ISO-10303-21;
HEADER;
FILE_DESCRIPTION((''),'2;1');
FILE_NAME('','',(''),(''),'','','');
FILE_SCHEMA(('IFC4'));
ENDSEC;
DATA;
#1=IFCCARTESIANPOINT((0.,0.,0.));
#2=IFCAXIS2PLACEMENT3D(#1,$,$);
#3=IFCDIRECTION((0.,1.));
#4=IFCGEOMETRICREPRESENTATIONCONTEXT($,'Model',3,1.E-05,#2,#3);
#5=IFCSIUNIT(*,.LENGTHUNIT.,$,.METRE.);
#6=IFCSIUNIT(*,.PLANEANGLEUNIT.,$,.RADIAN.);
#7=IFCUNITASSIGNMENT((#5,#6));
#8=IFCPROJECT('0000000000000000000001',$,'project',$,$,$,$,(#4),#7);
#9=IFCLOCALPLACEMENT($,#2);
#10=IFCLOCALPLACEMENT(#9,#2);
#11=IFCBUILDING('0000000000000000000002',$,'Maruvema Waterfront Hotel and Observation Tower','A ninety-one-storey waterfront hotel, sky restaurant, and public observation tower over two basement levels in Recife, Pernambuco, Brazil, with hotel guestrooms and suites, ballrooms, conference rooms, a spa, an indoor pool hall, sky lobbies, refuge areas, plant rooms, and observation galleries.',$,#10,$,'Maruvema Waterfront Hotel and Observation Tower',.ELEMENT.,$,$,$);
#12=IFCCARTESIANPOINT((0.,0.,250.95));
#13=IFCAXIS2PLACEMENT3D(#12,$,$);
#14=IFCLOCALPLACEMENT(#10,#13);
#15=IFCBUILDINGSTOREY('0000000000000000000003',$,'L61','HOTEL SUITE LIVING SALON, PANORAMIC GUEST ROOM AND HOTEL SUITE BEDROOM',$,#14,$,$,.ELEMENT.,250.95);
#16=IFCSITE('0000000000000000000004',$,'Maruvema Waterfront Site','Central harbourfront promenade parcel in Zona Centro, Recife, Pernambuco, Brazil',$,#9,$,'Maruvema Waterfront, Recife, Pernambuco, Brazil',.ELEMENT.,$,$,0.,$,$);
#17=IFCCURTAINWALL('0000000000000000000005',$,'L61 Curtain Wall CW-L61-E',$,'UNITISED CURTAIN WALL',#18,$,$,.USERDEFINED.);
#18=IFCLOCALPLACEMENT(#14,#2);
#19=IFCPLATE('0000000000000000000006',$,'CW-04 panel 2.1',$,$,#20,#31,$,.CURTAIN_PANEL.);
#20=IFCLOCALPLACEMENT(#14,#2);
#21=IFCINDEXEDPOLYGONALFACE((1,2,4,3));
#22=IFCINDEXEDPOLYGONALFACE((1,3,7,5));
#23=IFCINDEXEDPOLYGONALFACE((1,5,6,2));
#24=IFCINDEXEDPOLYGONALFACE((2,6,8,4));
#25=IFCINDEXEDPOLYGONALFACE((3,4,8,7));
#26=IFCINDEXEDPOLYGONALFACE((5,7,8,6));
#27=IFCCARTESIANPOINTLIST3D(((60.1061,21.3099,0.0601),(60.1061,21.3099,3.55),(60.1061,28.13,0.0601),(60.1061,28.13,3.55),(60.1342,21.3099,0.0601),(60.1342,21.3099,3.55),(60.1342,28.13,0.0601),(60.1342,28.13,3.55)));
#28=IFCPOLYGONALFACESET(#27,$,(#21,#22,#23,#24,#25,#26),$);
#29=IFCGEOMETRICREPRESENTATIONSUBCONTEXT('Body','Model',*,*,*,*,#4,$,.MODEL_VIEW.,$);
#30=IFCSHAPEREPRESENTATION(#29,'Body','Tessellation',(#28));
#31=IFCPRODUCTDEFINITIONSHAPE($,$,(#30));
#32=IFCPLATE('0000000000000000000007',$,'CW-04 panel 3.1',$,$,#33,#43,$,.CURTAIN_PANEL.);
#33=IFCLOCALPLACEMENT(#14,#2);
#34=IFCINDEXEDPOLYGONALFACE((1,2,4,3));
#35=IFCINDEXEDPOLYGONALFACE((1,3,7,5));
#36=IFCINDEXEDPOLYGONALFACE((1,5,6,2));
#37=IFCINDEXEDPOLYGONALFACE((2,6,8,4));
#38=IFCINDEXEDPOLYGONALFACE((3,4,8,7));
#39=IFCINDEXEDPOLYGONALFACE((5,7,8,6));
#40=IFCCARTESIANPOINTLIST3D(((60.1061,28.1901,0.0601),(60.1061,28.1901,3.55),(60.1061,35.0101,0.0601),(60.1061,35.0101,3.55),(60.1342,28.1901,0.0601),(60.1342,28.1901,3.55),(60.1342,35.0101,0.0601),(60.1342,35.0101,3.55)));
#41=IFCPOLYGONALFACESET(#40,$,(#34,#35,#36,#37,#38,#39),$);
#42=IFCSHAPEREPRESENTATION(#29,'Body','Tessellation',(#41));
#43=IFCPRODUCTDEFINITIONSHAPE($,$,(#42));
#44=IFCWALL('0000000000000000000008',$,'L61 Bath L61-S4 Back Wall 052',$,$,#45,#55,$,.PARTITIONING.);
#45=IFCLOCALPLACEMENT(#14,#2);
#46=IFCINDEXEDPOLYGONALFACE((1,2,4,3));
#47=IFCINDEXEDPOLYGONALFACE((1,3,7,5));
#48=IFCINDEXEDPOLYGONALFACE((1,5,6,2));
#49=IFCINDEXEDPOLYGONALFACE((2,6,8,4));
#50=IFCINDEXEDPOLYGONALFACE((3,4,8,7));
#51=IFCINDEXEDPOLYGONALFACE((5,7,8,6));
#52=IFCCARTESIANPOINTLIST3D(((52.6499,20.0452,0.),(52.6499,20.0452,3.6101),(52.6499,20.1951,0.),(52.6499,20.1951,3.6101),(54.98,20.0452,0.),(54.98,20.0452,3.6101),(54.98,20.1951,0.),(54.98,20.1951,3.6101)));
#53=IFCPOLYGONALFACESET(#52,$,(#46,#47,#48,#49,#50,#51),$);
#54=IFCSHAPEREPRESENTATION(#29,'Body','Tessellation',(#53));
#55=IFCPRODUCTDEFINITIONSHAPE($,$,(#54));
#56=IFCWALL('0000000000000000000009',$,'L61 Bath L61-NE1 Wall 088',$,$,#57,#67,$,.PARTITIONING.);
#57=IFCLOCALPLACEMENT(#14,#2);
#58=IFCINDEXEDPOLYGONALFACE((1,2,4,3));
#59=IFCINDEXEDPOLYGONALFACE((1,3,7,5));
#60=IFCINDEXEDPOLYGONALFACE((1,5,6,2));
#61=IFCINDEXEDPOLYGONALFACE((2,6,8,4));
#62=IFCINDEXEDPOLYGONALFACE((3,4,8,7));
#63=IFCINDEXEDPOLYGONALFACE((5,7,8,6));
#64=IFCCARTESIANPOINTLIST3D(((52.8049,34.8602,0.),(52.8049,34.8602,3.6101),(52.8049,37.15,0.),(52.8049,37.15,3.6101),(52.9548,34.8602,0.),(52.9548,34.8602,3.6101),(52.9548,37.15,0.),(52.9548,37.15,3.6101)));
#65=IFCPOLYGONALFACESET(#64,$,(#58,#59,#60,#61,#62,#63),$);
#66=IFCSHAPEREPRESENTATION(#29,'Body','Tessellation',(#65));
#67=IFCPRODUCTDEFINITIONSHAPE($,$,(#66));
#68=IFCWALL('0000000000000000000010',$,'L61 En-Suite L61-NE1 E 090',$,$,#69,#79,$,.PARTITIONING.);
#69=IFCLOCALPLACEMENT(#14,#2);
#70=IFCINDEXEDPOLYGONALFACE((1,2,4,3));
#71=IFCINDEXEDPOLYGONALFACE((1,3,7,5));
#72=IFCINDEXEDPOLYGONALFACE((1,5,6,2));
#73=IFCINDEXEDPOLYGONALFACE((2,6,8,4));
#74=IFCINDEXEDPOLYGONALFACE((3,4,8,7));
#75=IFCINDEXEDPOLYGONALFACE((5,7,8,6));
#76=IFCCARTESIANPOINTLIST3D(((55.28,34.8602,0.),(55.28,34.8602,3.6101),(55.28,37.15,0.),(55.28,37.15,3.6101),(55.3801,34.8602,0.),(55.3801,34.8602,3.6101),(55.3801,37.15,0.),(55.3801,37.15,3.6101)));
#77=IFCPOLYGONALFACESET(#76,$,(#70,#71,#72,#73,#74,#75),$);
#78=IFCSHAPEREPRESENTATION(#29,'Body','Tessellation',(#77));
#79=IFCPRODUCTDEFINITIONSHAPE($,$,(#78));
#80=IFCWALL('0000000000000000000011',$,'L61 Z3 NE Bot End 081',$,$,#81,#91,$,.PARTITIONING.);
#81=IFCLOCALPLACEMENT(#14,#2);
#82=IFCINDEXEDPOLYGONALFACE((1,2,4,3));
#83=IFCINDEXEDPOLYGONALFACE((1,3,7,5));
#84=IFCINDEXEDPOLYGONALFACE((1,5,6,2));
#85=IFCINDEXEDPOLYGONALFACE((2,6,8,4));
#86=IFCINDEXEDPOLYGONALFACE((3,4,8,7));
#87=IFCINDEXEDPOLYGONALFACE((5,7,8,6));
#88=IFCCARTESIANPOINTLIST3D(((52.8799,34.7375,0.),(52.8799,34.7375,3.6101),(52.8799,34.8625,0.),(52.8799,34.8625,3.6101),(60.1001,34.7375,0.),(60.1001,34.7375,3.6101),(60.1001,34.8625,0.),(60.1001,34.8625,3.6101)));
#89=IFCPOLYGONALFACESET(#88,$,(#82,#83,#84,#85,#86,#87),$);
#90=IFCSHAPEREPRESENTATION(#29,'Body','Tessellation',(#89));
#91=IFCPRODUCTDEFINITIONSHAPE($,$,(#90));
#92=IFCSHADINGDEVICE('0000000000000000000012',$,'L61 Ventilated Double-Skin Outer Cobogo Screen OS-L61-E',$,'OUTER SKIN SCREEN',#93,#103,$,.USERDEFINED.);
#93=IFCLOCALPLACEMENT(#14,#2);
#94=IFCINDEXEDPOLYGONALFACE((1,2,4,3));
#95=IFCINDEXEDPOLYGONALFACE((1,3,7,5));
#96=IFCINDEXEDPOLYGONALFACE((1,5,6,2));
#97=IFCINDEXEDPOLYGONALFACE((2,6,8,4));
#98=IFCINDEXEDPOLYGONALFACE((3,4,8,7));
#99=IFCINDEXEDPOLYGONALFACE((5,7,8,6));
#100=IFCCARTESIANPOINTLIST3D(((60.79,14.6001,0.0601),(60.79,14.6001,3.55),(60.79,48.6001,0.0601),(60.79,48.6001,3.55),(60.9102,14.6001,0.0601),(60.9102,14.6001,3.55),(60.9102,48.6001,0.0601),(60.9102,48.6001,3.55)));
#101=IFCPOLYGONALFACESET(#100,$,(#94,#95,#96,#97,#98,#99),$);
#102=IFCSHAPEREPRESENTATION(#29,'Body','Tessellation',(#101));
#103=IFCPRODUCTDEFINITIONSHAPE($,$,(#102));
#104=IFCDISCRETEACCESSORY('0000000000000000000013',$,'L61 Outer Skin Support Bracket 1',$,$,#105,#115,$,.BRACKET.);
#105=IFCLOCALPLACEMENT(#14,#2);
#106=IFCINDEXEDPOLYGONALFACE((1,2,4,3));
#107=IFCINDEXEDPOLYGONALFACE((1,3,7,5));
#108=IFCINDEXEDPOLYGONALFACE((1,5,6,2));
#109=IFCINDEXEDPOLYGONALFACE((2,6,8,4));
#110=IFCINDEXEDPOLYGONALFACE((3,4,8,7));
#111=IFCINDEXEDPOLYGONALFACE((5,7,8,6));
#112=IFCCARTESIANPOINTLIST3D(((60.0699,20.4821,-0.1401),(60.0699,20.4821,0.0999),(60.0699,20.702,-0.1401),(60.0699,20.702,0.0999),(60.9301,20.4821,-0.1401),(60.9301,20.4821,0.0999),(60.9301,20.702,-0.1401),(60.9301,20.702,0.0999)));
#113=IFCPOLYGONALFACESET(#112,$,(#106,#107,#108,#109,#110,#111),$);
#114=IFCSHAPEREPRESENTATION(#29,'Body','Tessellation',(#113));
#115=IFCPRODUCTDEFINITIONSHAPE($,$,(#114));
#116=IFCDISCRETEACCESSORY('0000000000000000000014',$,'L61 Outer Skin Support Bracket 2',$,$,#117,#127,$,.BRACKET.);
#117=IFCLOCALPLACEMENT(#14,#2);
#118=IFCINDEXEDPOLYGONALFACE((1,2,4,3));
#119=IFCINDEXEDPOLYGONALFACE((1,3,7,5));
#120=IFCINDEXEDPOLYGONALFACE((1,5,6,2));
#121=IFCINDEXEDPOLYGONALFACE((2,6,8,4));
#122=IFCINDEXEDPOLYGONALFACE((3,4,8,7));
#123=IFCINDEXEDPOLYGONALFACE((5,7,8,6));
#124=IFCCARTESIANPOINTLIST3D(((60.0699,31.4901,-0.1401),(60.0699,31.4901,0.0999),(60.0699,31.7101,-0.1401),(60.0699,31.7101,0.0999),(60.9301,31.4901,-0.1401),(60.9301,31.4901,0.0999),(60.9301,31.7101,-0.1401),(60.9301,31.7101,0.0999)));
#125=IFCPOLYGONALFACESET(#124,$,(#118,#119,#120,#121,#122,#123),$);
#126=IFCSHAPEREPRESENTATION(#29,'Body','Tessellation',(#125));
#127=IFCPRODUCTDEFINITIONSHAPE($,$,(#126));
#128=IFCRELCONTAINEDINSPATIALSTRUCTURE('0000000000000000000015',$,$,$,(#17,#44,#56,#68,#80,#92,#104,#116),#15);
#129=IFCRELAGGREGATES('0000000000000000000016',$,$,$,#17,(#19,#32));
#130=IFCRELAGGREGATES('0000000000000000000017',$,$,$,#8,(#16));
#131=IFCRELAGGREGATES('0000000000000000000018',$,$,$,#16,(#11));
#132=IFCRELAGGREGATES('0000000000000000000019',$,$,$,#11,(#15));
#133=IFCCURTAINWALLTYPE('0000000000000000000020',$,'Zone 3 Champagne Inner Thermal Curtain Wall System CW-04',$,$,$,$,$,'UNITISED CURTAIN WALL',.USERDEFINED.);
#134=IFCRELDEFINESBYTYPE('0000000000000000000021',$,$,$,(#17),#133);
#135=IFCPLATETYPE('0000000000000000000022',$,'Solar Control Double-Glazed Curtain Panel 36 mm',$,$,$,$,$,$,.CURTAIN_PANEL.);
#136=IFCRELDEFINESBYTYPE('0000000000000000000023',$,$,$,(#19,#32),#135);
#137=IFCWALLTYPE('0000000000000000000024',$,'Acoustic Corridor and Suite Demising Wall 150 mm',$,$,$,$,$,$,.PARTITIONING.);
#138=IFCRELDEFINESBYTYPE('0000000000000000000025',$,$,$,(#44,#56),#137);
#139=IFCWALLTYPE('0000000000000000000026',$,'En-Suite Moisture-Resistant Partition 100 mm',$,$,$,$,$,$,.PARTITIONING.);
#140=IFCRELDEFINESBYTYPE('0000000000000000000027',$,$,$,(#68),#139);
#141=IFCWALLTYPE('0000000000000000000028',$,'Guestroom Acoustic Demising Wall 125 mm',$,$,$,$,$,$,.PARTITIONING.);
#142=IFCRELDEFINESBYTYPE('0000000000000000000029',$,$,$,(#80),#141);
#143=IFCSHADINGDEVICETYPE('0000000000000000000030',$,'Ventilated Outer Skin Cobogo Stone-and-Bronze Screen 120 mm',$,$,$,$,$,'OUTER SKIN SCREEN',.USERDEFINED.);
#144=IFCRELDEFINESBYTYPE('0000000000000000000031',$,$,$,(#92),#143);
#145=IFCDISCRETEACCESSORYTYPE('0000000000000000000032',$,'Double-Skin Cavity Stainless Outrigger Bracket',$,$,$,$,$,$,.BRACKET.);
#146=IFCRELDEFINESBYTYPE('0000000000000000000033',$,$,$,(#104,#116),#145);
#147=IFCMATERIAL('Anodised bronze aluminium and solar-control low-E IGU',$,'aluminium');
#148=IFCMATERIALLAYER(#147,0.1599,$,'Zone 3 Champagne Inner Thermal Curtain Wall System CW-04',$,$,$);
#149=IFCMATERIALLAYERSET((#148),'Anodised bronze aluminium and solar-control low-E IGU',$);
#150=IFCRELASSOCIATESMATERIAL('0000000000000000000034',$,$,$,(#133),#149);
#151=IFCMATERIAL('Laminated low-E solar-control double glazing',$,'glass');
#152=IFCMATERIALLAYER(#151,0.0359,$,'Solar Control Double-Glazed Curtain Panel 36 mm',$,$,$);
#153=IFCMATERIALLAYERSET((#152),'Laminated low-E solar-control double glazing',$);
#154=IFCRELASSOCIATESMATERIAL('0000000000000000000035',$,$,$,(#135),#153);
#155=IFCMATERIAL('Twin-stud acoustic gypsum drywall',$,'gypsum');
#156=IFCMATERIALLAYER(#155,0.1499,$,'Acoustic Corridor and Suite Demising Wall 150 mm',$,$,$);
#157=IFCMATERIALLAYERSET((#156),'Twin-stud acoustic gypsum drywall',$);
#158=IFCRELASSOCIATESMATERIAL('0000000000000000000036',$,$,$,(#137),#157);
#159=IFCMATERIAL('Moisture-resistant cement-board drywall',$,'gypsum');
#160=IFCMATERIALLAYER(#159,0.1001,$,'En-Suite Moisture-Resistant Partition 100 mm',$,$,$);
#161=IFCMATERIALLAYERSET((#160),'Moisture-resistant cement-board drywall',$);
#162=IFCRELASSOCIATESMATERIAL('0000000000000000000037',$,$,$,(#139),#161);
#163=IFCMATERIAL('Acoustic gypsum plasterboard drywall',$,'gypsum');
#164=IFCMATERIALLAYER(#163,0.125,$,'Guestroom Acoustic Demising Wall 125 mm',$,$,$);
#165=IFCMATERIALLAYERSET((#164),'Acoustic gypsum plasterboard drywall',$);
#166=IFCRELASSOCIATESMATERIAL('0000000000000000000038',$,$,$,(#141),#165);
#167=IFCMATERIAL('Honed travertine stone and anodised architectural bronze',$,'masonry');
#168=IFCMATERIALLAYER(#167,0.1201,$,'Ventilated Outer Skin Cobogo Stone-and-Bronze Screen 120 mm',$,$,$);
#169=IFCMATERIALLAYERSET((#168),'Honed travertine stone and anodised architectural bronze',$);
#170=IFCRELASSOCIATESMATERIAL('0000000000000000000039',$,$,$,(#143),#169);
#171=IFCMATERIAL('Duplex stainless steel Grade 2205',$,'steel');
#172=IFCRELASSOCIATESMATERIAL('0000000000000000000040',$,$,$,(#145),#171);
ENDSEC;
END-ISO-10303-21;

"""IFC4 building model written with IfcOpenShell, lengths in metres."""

from ifc_helpers import new_model, si_unit, direction, frame, frame_2d, origin, origin_2d, place, context, subcontext, project, spatial, rectangle, extrude, material, layer, layer_set, type_object, element, aggregate, save


model = new_model("IFC4")

# Units and contexts
model_context = context("Model", 3, precision=1e-05, world=origin(), true_north=direction((0.0, 1.0)))
body_context = subcontext(model_context, "Body", "Model", "MODEL_VIEW")
ifc_project = project(units=[si_unit("LENGTHUNIT", "METRE"), si_unit("PLANEANGLEUNIT", "RADIAN")], contexts=[model_context])

# Site, building, storey
site_placement = place(None, origin())
site = spatial("IfcSite", under=ifc_project, at=site_placement, Name="Maruvema Waterfront Site", Description="Central harbourfront promenade parcel in Zona Centro, Recife, Pernambuco, Brazil", LongName="Maruvema Waterfront, Recife, Pernambuco, Brazil", CompositionType="ELEMENT", RefElevation=0.0)
building_placement = place(site_placement, origin())
building = spatial("IfcBuilding", under=site, at=building_placement, Name="Maruvema Waterfront Hotel and Observation Tower", Description="A ninety-one-storey waterfront hotel, sky restaurant, and public observation tower over two basement levels in Recife, Pernambuco, Brazil, with hotel guestrooms and suites, ballrooms, conference rooms, a spa, an indoor pool hall, sky lobbies, refuge areas, plant rooms, and observation galleries.", LongName="Maruvema Waterfront Hotel and Observation Tower", CompositionType="ELEMENT")
storey_placement = place(building_placement, frame((0.0, 0.0, 250.95)))
storey = spatial("IfcBuildingStorey", under=building, at=storey_placement, Name="L61", Description="HOTEL SUITE LIVING SALON, PANORAMIC GUEST ROOM AND HOTEL SUITE BEDROOM", CompositionType="ELEMENT", Elevation=250.95)

# Curtain wall
ifc_material_1 = material(Name="Anodised bronze aluminium and solar-control low-E IGU", Category="aluminium")
ifc_layer_1 = layer(ifc_material_1, 0.1599, Name="Zone 3 Champagne Inner Thermal Curtain Wall System CW-04")
ifc_layer_set_1 = layer_set([ifc_layer_1], Name="Anodised bronze aluminium and solar-control low-E IGU")
curtain_wall_type = type_object("IfcCurtainWallType", Name="Zone 3 Champagne Inner Thermal Curtain Wall System CW-04", ElementType="UNITISED CURTAIN WALL", PredefinedType="USERDEFINED", material=ifc_layer_set_1)
curtain_wall_placement = place(storey_placement, origin())
curtain_wall = element("IfcCurtainWall", 1, at=curtain_wall_placement, inside=storey, type_object=curtain_wall_type, Name="L61 Curtain Wall CW-L61-E", ObjectType="UNITISED CURTAIN WALL", PredefinedType="USERDEFINED")

# Plates
ifc_material_2 = material(Name="Laminated low-E solar-control double glazing", Category="glass")
ifc_layer_2 = layer(ifc_material_2, 0.0359, Name="Solar Control Double-Glazed Curtain Panel 36 mm")
ifc_layer_set_2 = layer_set([ifc_layer_2], Name="Laminated low-E solar-control double glazing")
plate_type = type_object("IfcPlateType", Name="Solar Control Double-Glazed Curtain Panel 36 mm", PredefinedType="CURTAIN_PANEL", material=ifc_layer_set_2)
plate_1_placement = place(storey_placement, frame((60.1201, 24.72, 0.0601), z_axis=(0.0, 0.0, 1.0), x_axis=(0.0, 1.0, 0.0)))
plate_1 = element("IfcPlate", 2, at=plate_1_placement, type_object=plate_type, Name="CW-04 panel 2.1", PredefinedType="CURTAIN_PANEL", context=body_context, shape_type="SweptSolid", body=[
    extrude(rectangle(XDim=6.8201, YDim=0.0281, at=origin_2d()), origin(), (0.0, 0.0, 1.0), 3.49),
])
plate_2_placement = place(storey_placement, frame((60.1201, 31.6001, 0.0601), z_axis=(0.0, 0.0, 1.0), x_axis=(0.0, 1.0, 0.0)))
plate_2 = element("IfcPlate", 3, at=plate_2_placement, type_object=plate_type, Name="CW-04 panel 3.1", PredefinedType="CURTAIN_PANEL", context=body_context, shape_type="SweptSolid", body=[
    extrude(rectangle(XDim=6.8201, YDim=0.0281, at=origin_2d()), origin(), (0.0, 0.0, 1.0), 3.49),
])
aggregate(curtain_wall, [plate_1, plate_2])

# Walls
ifc_material_3 = material(Name="Twin-stud acoustic gypsum drywall", Category="gypsum")
ifc_layer_3 = layer(ifc_material_3, 0.1499, Name="Acoustic Corridor and Suite Demising Wall 150 mm")
ifc_layer_set_3 = layer_set([ifc_layer_3], Name="Twin-stud acoustic gypsum drywall")
wall_type_1 = type_object("IfcWallType", Name="Acoustic Corridor and Suite Demising Wall 150 mm", PredefinedType="PARTITIONING", material=ifc_layer_set_3)
wall_1_placement = place(storey_placement, frame((52.6499, 20.1201, 0.0), z_axis=(0.0, 0.0, 1.0), x_axis=(1.0, 0.0, 0.0)))
element("IfcWall", 4, at=wall_1_placement, inside=storey, type_object=wall_type_1, Name="L61 Bath L61-S4 Back Wall 052", PredefinedType="PARTITIONING", context=body_context, shape_type="SweptSolid", body=[
    extrude(rectangle(XDim=2.3301, YDim=0.1499, at=frame_2d((1.165, 0.0))), origin(), (0.0, 0.0, 1.0), 3.6101),
])
wall_2_placement = place(storey_placement, frame((52.8799, 34.8601, 0.0), z_axis=(0.0, 0.0, 1.0), x_axis=(0.0, 1.0, 0.0)))
element("IfcWall", 5, at=wall_2_placement, inside=storey, type_object=wall_type_1, Name="L61 Bath L61-NE1 Wall 088", PredefinedType="PARTITIONING", context=body_context, shape_type="SweptSolid", body=[
    extrude(rectangle(XDim=2.2898, YDim=0.1499, at=frame_2d((1.145, 0.0))), origin(), (0.0, 0.0, 1.0), 3.6101),
])
ifc_material_4 = material(Name="Moisture-resistant cement-board drywall", Category="gypsum")
ifc_layer_4 = layer(ifc_material_4, 0.1001, Name="En-Suite Moisture-Resistant Partition 100 mm")
ifc_layer_set_4 = layer_set([ifc_layer_4], Name="Moisture-resistant cement-board drywall")
wall_type_2 = type_object("IfcWallType", Name="En-Suite Moisture-Resistant Partition 100 mm", PredefinedType="PARTITIONING", material=ifc_layer_set_4)
wall_3_placement = place(storey_placement, frame((55.3301, 34.8601, 0.0), z_axis=(0.0, 0.0, 1.0), x_axis=(0.0, 1.0, 0.0)))
element("IfcWall", 6, at=wall_3_placement, inside=storey, type_object=wall_type_2, Name="L61 En-Suite L61-NE1 E 090", PredefinedType="PARTITIONING", context=body_context, shape_type="SweptSolid", body=[
    extrude(rectangle(XDim=2.2898, YDim=0.1001, at=frame_2d((1.145, 0.0))), origin(), (0.0, 0.0, 1.0), 3.6101),
])
ifc_material_5 = material(Name="Acoustic gypsum plasterboard drywall", Category="gypsum")
ifc_layer_5 = layer(ifc_material_5, 0.125, Name="Guestroom Acoustic Demising Wall 125 mm")
ifc_layer_set_5 = layer_set([ifc_layer_5], Name="Acoustic gypsum plasterboard drywall")
wall_type_3 = type_object("IfcWallType", Name="Guestroom Acoustic Demising Wall 125 mm", PredefinedType="PARTITIONING", material=ifc_layer_set_5)
wall_4_placement = place(storey_placement, frame((52.8799, 34.8, 0.0), z_axis=(0.0, 0.0, 1.0), x_axis=(1.0, 0.0, 0.0)))
element("IfcWall", 7, at=wall_4_placement, inside=storey, type_object=wall_type_3, Name="L61 Z3 NE Bot End 081", PredefinedType="PARTITIONING", context=body_context, shape_type="SweptSolid", body=[
    extrude(rectangle(XDim=7.2202, YDim=0.125, at=frame_2d((3.6101, 0.0))), origin(), (0.0, 0.0, 1.0), 3.6101),
])

# Shading device
ifc_material_6 = material(Name="Honed travertine stone and anodised architectural bronze", Category="masonry")
ifc_layer_6 = layer(ifc_material_6, 0.1201, Name="Ventilated Outer Skin Cobogo Stone-and-Bronze Screen 120 mm")
ifc_layer_set_6 = layer_set([ifc_layer_6], Name="Honed travertine stone and anodised architectural bronze")
shading_device_type = type_object("IfcShadingDeviceType", Name="Ventilated Outer Skin Cobogo Stone-and-Bronze Screen 120 mm", ElementType="OUTER SKIN SCREEN", PredefinedType="USERDEFINED", material=ifc_layer_set_6)
shading_device_placement = place(storey_placement, frame((60.8501, 31.6001, 0.0601), z_axis=(0.0, 0.0, 1.0), x_axis=(0.0, 1.0, 0.0)))
element("IfcShadingDevice", 8, at=shading_device_placement, inside=storey, type_object=shading_device_type, Name="L61 Ventilated Double-Skin Outer Cobogo Screen OS-L61-E", ObjectType="OUTER SKIN SCREEN", PredefinedType="USERDEFINED", context=body_context, shape_type="SweptSolid", body=[
    extrude(rectangle(XDim=34.0, YDim=0.1201, at=origin_2d()), origin(), (0.0, 0.0, 1.0), 3.49),
])

# Discrete accessories
ifc_material_7 = material(Name="Duplex stainless steel Grade 2205", Category="steel")
discrete_accessory_type = type_object("IfcDiscreteAccessoryType", Name="Double-Skin Cavity Stainless Outrigger Bracket", PredefinedType="BRACKET", material=ifc_material_7)
for number, where, z_axis, x_axis, name in (
    (9, (60.5, 20.592, -0.1401), (0.0, 0.0, 1.0), (0.0, 1.0, 0.0), "L61 Outer Skin Support Bracket 1"),
    (10, (60.5, 31.6001, -0.1401), (0.0, 0.0, 1.0), (0.0, 1.0, 0.0), "L61 Outer Skin Support Bracket 2"),
):
    element("IfcDiscreteAccessory", number, at=place(storey_placement, frame(where, z_axis=z_axis, x_axis=x_axis)), inside=storey, type_object=discrete_accessory_type, Name=name, PredefinedType="BRACKET", context=body_context, shape_type="SweptSolid", body=[
        extrude(rectangle(XDim=0.22, YDim=0.8601, at=origin_2d()), origin(), (0.0, 0.0, 1.0), 0.24),
    ])

save(model, "model.ifc")
